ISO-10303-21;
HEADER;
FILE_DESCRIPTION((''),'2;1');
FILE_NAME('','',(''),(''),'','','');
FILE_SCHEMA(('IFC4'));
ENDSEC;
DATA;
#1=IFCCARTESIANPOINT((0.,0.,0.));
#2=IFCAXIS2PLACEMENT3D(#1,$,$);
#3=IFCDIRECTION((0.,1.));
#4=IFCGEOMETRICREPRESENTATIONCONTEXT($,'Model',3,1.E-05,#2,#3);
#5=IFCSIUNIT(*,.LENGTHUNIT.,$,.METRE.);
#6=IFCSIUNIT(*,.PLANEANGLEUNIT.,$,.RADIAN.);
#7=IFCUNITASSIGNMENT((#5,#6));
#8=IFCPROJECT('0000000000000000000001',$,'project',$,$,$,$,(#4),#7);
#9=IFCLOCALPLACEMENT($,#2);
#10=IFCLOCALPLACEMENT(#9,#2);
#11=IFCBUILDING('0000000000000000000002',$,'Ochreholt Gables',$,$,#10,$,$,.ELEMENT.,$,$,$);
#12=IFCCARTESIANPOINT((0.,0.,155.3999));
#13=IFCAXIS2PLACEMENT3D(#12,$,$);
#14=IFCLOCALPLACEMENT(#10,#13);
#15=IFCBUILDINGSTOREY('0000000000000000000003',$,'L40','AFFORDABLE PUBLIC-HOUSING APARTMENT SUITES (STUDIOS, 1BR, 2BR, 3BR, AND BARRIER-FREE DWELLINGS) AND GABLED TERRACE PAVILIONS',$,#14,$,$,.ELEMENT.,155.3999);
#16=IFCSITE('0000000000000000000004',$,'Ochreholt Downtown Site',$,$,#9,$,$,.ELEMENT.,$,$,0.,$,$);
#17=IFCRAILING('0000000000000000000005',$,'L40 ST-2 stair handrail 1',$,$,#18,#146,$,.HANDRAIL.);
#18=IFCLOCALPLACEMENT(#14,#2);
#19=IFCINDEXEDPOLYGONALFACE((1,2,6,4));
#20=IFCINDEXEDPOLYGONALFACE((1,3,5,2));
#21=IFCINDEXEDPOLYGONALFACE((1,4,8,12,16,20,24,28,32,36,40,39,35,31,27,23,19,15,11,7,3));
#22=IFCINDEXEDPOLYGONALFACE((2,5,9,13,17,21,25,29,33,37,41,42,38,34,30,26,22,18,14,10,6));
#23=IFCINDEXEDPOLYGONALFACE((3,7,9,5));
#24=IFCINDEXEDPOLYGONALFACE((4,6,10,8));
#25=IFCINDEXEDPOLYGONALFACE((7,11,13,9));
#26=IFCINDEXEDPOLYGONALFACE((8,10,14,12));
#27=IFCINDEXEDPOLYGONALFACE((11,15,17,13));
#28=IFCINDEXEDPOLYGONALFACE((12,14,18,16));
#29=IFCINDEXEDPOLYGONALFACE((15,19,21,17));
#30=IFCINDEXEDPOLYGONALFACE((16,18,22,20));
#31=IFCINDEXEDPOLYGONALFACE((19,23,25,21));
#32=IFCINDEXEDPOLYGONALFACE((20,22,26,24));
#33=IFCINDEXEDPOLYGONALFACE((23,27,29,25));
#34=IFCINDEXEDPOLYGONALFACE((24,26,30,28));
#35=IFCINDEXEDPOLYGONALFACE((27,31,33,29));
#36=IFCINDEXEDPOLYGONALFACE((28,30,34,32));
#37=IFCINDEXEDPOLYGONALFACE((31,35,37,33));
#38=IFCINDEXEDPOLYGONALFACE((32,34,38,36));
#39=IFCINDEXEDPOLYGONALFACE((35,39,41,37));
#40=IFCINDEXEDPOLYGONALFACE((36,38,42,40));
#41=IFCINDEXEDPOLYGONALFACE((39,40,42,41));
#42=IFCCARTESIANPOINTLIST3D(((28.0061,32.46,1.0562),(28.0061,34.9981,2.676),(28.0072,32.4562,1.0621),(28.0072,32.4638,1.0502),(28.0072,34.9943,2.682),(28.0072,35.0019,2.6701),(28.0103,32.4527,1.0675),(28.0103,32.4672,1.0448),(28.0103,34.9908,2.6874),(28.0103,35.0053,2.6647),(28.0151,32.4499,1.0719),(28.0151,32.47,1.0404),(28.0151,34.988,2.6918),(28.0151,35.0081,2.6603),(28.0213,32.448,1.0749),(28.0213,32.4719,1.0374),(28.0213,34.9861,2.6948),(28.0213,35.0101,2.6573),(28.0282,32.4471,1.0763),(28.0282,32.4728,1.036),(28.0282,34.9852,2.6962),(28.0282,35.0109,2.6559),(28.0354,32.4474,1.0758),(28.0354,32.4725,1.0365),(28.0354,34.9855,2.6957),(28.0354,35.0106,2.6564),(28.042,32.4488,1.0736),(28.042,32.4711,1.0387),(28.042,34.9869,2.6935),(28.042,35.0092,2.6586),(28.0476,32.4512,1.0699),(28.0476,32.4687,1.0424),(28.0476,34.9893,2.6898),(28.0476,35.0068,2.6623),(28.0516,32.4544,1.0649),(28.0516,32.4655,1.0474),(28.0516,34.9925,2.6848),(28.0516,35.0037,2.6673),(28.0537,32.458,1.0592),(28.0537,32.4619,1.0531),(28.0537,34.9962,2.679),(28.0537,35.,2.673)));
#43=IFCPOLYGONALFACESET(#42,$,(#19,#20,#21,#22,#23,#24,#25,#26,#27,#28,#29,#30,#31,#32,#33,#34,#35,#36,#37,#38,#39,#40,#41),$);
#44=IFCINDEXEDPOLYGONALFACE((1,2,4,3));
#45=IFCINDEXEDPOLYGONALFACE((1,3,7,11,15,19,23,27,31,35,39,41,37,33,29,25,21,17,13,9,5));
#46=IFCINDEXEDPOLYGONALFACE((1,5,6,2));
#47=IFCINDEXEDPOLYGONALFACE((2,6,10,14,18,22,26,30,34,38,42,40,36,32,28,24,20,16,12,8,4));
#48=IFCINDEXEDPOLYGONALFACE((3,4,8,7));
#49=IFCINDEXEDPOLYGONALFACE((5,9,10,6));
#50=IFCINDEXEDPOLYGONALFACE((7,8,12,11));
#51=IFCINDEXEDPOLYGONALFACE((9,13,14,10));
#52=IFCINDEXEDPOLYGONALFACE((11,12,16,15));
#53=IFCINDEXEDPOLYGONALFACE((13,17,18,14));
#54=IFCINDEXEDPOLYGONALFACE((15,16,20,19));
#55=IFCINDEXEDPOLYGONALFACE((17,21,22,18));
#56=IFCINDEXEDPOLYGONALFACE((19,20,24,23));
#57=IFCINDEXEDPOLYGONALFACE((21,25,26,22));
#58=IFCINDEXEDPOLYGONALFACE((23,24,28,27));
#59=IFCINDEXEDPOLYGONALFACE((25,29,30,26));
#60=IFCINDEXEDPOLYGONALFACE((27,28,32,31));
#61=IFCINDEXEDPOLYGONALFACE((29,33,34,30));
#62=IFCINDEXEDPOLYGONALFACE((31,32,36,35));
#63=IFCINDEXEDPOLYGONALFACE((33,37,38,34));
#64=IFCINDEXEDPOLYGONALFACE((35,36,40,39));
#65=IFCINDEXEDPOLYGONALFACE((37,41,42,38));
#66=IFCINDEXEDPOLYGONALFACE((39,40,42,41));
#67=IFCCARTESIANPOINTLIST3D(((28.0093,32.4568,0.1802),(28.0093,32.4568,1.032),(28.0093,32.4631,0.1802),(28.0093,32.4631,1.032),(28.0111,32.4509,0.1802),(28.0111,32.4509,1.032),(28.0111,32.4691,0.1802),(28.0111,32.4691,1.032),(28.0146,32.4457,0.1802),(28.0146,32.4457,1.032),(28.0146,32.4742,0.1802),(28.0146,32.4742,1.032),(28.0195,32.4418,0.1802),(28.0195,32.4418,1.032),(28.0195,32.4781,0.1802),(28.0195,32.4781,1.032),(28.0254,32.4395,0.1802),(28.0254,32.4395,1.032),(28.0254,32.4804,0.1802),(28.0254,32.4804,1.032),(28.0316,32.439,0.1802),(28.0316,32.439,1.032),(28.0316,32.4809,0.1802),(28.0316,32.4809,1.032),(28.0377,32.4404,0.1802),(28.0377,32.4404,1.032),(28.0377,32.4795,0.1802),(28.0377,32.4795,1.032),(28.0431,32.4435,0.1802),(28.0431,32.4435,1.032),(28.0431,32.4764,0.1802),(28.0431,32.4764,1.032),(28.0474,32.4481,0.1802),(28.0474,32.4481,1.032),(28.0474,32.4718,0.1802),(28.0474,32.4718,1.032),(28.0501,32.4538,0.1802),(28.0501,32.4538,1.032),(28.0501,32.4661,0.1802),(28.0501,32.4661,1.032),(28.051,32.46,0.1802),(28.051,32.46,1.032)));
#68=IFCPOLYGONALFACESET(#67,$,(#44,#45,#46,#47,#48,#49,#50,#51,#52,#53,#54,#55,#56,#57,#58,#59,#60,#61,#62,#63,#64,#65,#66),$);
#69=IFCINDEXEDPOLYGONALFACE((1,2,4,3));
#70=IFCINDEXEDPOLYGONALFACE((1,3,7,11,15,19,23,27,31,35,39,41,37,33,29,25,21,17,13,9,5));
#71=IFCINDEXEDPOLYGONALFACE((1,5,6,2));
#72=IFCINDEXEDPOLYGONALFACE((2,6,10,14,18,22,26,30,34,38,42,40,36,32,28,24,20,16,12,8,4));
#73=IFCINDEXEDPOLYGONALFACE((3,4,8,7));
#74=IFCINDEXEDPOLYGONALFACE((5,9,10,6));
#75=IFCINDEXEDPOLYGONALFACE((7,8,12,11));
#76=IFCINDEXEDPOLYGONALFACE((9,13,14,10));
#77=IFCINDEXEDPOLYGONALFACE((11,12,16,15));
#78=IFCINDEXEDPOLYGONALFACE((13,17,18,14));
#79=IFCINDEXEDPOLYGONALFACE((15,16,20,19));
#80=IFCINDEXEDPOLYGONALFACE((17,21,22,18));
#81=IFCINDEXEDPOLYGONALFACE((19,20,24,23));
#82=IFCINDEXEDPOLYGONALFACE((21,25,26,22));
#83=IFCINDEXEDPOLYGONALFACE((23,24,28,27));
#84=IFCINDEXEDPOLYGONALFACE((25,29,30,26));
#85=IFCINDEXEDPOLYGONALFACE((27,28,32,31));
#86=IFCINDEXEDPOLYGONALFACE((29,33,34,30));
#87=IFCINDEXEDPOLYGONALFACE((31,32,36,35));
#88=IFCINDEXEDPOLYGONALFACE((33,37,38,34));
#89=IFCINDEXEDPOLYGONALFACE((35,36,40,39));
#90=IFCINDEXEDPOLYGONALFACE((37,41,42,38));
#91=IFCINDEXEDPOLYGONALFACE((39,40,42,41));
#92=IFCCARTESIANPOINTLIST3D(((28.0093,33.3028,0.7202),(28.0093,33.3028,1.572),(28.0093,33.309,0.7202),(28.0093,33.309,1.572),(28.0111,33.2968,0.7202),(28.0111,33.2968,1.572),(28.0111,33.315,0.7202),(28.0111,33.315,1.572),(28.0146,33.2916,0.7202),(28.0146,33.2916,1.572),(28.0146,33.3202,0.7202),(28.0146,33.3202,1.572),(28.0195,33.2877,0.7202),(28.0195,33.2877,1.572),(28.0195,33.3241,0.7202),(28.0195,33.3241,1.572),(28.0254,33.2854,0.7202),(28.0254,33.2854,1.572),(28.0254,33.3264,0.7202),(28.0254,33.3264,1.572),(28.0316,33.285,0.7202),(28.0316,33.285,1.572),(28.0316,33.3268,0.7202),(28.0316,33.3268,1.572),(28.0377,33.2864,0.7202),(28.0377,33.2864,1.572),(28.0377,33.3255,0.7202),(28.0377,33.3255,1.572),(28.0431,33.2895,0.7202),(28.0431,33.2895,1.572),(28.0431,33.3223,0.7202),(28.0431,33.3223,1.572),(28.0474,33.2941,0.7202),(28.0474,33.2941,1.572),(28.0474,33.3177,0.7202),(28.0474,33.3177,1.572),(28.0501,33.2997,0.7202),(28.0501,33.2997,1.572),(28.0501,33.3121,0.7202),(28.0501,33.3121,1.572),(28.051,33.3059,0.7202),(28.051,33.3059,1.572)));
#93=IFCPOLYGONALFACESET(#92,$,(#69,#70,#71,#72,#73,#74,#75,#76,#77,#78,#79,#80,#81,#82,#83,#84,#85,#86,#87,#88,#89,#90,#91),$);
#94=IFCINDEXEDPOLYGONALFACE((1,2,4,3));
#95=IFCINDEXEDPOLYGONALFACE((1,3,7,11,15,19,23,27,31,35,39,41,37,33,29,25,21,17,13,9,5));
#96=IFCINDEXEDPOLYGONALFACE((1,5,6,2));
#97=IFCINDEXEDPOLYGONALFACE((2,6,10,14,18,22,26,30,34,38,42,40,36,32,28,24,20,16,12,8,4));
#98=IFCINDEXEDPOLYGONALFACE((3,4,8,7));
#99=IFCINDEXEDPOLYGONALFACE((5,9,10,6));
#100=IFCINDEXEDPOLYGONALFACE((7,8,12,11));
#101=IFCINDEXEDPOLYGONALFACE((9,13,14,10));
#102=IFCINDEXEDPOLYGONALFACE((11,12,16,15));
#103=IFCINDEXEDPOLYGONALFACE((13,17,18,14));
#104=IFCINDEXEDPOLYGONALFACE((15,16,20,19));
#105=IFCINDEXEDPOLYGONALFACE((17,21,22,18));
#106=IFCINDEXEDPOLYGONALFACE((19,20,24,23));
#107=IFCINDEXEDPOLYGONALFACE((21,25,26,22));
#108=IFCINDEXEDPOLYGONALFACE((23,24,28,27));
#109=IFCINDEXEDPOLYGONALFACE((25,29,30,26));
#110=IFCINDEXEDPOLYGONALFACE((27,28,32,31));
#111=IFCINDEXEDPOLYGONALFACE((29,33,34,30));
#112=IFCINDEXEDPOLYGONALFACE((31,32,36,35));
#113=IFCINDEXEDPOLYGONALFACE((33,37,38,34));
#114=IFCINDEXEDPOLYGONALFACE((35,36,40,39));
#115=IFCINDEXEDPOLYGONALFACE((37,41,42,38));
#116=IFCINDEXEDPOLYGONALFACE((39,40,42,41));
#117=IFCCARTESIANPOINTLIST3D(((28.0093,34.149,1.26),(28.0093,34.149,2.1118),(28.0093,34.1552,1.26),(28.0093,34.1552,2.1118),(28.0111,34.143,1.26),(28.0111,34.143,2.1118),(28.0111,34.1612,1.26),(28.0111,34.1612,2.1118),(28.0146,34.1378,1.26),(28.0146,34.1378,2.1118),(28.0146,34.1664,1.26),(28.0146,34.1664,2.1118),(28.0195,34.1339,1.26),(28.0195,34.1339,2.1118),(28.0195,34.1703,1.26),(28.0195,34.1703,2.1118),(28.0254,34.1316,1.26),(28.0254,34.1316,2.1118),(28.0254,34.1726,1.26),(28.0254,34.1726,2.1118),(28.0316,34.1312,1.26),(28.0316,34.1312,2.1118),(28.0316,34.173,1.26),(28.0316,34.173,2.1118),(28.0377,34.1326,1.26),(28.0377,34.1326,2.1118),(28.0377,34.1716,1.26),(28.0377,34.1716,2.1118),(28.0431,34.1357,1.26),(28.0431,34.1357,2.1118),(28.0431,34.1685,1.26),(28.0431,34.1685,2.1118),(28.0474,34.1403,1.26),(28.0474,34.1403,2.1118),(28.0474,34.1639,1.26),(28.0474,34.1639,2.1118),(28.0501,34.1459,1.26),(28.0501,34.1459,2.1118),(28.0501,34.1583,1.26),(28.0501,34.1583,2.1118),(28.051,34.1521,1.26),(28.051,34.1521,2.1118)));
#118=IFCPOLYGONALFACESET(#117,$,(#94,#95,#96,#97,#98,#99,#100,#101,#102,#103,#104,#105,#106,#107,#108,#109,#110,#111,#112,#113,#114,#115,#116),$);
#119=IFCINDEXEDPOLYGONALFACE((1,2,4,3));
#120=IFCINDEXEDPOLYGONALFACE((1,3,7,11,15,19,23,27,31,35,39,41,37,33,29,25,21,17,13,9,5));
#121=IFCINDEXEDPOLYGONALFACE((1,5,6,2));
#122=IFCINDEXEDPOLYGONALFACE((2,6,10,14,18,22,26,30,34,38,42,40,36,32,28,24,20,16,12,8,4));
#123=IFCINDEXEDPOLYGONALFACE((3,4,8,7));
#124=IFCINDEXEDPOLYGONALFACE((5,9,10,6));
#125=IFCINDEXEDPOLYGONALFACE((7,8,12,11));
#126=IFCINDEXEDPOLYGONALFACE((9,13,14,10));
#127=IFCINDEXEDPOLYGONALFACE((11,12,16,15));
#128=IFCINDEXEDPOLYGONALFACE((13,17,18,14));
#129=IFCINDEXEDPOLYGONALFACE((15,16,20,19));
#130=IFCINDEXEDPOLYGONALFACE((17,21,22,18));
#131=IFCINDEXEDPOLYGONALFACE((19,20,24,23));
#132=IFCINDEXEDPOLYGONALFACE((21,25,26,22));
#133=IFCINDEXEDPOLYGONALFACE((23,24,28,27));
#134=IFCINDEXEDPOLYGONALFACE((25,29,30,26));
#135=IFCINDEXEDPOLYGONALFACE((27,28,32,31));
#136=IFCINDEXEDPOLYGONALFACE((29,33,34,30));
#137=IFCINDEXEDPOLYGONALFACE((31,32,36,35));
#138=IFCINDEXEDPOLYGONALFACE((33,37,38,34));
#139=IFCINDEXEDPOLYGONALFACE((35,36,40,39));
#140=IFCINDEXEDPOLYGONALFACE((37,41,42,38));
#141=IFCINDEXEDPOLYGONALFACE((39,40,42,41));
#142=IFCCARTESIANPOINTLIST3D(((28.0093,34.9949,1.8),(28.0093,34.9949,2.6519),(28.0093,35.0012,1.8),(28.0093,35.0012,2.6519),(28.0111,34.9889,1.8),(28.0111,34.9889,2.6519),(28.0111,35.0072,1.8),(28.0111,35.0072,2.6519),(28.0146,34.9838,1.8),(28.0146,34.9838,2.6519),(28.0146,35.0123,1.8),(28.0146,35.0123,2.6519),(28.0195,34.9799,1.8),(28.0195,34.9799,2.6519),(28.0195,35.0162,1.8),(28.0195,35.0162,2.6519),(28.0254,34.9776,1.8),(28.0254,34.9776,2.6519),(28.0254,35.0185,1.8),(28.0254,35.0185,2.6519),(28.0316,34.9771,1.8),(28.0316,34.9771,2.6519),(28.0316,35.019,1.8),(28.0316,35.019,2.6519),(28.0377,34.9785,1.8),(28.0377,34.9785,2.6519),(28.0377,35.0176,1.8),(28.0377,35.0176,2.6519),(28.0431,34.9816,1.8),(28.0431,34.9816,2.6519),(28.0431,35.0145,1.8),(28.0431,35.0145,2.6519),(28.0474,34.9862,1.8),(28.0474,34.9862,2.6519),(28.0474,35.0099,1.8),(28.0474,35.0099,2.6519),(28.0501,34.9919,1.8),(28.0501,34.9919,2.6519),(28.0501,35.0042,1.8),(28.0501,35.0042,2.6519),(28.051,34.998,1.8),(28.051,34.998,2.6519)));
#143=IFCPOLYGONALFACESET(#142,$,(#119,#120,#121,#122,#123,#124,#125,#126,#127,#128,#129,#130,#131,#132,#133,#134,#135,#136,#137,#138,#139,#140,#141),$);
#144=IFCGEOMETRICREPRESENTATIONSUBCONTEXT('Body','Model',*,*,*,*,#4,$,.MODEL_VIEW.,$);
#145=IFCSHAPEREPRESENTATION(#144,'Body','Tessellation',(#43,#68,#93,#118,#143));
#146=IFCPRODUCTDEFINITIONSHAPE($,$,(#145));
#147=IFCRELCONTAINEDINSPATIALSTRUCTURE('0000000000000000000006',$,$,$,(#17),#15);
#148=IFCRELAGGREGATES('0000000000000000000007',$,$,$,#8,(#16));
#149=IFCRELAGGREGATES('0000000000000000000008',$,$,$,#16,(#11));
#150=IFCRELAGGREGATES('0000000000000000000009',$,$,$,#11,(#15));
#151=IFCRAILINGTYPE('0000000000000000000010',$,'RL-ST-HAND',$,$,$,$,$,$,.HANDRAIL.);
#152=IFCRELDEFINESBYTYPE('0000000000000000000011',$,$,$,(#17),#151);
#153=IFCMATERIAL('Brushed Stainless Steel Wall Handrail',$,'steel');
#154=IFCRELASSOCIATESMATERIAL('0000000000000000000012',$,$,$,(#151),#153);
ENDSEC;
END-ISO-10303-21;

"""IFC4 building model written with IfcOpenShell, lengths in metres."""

from ifc_helpers import new_model, si_unit, direction, frame, origin, origin_2d, place, context, subcontext, project, spatial, circle, extrude, material, type_object, element, save


model = new_model("IFC4")

# Units and contexts
model_context = context("Model", 3, precision=1e-05, world=origin(), true_north=direction((0.0, 1.0)))
body_context = subcontext(model_context, "Body", "Model", "MODEL_VIEW")
ifc_project = project(units=[si_unit("LENGTHUNIT", "METRE"), si_unit("PLANEANGLEUNIT", "RADIAN")], contexts=[model_context])

# Site, building, storey
site_placement = place(None, origin())
site = spatial("IfcSite", under=ifc_project, at=site_placement, Name="Ochreholt Downtown Site", CompositionType="ELEMENT", RefElevation=0.0)
building_placement = place(site_placement, origin())
building = spatial("IfcBuilding", under=site, at=building_placement, Name="Ochreholt Gables", CompositionType="ELEMENT")
storey_placement = place(building_placement, frame((0.0, 0.0, 155.3999)))
storey = spatial("IfcBuildingStorey", under=building, at=storey_placement, Name="L40", Description="AFFORDABLE PUBLIC-HOUSING APARTMENT SUITES (STUDIOS, 1BR, 2BR, 3BR, AND BARRIER-FREE DWELLINGS) AND GABLED TERRACE PAVILIONS", CompositionType="ELEMENT", Elevation=155.3999)

# Railing
ifc_material_1 = material(Name="Brushed Stainless Steel Wall Handrail", Category="steel")
railing_type_1 = type_object("IfcRailingType", Name="RL-ST-HAND", PredefinedType="HANDRAIL", material=ifc_material_1)
railing_1_placement = place(storey_placement, frame((28.03, 32.46, 0.1802)))
element("IfcRailing", 1, at=railing_1_placement, inside=storey, type_object=railing_type_1, Name="L40 ST-2 stair handrail 1", PredefinedType="HANDRAIL", context=body_context, shape_type="SweptSolid", body=[
    extrude(circle(Radius=0.0239, at=origin_2d()), frame((0.0, 0.0, 0.876), z_axis=(0.0, 0.84295, 0.537993), x_axis=(-1.0, 0.0, 0.0)), (0.0, 0.0, 1.0), 3.011),
    extrude(circle(Radius=0.021, at=origin_2d()), origin(), (0.0, 0.0, 1.0), 0.8518),
    extrude(circle(Radius=0.021, at=origin_2d()), frame((0.0, 0.8459, 0.54)), (0.0, 0.0, 1.0), 0.8518),
    extrude(circle(Radius=0.021, at=origin_2d()), frame((0.0, 1.6921, 1.0798)), (0.0, 0.0, 1.0), 0.8518),
    extrude(circle(Radius=0.021, at=origin_2d()), frame((0.0, 2.5381, 1.6199)), (0.0, 0.0, 1.0), 0.8518),
])

save(model, "model.ifc")
